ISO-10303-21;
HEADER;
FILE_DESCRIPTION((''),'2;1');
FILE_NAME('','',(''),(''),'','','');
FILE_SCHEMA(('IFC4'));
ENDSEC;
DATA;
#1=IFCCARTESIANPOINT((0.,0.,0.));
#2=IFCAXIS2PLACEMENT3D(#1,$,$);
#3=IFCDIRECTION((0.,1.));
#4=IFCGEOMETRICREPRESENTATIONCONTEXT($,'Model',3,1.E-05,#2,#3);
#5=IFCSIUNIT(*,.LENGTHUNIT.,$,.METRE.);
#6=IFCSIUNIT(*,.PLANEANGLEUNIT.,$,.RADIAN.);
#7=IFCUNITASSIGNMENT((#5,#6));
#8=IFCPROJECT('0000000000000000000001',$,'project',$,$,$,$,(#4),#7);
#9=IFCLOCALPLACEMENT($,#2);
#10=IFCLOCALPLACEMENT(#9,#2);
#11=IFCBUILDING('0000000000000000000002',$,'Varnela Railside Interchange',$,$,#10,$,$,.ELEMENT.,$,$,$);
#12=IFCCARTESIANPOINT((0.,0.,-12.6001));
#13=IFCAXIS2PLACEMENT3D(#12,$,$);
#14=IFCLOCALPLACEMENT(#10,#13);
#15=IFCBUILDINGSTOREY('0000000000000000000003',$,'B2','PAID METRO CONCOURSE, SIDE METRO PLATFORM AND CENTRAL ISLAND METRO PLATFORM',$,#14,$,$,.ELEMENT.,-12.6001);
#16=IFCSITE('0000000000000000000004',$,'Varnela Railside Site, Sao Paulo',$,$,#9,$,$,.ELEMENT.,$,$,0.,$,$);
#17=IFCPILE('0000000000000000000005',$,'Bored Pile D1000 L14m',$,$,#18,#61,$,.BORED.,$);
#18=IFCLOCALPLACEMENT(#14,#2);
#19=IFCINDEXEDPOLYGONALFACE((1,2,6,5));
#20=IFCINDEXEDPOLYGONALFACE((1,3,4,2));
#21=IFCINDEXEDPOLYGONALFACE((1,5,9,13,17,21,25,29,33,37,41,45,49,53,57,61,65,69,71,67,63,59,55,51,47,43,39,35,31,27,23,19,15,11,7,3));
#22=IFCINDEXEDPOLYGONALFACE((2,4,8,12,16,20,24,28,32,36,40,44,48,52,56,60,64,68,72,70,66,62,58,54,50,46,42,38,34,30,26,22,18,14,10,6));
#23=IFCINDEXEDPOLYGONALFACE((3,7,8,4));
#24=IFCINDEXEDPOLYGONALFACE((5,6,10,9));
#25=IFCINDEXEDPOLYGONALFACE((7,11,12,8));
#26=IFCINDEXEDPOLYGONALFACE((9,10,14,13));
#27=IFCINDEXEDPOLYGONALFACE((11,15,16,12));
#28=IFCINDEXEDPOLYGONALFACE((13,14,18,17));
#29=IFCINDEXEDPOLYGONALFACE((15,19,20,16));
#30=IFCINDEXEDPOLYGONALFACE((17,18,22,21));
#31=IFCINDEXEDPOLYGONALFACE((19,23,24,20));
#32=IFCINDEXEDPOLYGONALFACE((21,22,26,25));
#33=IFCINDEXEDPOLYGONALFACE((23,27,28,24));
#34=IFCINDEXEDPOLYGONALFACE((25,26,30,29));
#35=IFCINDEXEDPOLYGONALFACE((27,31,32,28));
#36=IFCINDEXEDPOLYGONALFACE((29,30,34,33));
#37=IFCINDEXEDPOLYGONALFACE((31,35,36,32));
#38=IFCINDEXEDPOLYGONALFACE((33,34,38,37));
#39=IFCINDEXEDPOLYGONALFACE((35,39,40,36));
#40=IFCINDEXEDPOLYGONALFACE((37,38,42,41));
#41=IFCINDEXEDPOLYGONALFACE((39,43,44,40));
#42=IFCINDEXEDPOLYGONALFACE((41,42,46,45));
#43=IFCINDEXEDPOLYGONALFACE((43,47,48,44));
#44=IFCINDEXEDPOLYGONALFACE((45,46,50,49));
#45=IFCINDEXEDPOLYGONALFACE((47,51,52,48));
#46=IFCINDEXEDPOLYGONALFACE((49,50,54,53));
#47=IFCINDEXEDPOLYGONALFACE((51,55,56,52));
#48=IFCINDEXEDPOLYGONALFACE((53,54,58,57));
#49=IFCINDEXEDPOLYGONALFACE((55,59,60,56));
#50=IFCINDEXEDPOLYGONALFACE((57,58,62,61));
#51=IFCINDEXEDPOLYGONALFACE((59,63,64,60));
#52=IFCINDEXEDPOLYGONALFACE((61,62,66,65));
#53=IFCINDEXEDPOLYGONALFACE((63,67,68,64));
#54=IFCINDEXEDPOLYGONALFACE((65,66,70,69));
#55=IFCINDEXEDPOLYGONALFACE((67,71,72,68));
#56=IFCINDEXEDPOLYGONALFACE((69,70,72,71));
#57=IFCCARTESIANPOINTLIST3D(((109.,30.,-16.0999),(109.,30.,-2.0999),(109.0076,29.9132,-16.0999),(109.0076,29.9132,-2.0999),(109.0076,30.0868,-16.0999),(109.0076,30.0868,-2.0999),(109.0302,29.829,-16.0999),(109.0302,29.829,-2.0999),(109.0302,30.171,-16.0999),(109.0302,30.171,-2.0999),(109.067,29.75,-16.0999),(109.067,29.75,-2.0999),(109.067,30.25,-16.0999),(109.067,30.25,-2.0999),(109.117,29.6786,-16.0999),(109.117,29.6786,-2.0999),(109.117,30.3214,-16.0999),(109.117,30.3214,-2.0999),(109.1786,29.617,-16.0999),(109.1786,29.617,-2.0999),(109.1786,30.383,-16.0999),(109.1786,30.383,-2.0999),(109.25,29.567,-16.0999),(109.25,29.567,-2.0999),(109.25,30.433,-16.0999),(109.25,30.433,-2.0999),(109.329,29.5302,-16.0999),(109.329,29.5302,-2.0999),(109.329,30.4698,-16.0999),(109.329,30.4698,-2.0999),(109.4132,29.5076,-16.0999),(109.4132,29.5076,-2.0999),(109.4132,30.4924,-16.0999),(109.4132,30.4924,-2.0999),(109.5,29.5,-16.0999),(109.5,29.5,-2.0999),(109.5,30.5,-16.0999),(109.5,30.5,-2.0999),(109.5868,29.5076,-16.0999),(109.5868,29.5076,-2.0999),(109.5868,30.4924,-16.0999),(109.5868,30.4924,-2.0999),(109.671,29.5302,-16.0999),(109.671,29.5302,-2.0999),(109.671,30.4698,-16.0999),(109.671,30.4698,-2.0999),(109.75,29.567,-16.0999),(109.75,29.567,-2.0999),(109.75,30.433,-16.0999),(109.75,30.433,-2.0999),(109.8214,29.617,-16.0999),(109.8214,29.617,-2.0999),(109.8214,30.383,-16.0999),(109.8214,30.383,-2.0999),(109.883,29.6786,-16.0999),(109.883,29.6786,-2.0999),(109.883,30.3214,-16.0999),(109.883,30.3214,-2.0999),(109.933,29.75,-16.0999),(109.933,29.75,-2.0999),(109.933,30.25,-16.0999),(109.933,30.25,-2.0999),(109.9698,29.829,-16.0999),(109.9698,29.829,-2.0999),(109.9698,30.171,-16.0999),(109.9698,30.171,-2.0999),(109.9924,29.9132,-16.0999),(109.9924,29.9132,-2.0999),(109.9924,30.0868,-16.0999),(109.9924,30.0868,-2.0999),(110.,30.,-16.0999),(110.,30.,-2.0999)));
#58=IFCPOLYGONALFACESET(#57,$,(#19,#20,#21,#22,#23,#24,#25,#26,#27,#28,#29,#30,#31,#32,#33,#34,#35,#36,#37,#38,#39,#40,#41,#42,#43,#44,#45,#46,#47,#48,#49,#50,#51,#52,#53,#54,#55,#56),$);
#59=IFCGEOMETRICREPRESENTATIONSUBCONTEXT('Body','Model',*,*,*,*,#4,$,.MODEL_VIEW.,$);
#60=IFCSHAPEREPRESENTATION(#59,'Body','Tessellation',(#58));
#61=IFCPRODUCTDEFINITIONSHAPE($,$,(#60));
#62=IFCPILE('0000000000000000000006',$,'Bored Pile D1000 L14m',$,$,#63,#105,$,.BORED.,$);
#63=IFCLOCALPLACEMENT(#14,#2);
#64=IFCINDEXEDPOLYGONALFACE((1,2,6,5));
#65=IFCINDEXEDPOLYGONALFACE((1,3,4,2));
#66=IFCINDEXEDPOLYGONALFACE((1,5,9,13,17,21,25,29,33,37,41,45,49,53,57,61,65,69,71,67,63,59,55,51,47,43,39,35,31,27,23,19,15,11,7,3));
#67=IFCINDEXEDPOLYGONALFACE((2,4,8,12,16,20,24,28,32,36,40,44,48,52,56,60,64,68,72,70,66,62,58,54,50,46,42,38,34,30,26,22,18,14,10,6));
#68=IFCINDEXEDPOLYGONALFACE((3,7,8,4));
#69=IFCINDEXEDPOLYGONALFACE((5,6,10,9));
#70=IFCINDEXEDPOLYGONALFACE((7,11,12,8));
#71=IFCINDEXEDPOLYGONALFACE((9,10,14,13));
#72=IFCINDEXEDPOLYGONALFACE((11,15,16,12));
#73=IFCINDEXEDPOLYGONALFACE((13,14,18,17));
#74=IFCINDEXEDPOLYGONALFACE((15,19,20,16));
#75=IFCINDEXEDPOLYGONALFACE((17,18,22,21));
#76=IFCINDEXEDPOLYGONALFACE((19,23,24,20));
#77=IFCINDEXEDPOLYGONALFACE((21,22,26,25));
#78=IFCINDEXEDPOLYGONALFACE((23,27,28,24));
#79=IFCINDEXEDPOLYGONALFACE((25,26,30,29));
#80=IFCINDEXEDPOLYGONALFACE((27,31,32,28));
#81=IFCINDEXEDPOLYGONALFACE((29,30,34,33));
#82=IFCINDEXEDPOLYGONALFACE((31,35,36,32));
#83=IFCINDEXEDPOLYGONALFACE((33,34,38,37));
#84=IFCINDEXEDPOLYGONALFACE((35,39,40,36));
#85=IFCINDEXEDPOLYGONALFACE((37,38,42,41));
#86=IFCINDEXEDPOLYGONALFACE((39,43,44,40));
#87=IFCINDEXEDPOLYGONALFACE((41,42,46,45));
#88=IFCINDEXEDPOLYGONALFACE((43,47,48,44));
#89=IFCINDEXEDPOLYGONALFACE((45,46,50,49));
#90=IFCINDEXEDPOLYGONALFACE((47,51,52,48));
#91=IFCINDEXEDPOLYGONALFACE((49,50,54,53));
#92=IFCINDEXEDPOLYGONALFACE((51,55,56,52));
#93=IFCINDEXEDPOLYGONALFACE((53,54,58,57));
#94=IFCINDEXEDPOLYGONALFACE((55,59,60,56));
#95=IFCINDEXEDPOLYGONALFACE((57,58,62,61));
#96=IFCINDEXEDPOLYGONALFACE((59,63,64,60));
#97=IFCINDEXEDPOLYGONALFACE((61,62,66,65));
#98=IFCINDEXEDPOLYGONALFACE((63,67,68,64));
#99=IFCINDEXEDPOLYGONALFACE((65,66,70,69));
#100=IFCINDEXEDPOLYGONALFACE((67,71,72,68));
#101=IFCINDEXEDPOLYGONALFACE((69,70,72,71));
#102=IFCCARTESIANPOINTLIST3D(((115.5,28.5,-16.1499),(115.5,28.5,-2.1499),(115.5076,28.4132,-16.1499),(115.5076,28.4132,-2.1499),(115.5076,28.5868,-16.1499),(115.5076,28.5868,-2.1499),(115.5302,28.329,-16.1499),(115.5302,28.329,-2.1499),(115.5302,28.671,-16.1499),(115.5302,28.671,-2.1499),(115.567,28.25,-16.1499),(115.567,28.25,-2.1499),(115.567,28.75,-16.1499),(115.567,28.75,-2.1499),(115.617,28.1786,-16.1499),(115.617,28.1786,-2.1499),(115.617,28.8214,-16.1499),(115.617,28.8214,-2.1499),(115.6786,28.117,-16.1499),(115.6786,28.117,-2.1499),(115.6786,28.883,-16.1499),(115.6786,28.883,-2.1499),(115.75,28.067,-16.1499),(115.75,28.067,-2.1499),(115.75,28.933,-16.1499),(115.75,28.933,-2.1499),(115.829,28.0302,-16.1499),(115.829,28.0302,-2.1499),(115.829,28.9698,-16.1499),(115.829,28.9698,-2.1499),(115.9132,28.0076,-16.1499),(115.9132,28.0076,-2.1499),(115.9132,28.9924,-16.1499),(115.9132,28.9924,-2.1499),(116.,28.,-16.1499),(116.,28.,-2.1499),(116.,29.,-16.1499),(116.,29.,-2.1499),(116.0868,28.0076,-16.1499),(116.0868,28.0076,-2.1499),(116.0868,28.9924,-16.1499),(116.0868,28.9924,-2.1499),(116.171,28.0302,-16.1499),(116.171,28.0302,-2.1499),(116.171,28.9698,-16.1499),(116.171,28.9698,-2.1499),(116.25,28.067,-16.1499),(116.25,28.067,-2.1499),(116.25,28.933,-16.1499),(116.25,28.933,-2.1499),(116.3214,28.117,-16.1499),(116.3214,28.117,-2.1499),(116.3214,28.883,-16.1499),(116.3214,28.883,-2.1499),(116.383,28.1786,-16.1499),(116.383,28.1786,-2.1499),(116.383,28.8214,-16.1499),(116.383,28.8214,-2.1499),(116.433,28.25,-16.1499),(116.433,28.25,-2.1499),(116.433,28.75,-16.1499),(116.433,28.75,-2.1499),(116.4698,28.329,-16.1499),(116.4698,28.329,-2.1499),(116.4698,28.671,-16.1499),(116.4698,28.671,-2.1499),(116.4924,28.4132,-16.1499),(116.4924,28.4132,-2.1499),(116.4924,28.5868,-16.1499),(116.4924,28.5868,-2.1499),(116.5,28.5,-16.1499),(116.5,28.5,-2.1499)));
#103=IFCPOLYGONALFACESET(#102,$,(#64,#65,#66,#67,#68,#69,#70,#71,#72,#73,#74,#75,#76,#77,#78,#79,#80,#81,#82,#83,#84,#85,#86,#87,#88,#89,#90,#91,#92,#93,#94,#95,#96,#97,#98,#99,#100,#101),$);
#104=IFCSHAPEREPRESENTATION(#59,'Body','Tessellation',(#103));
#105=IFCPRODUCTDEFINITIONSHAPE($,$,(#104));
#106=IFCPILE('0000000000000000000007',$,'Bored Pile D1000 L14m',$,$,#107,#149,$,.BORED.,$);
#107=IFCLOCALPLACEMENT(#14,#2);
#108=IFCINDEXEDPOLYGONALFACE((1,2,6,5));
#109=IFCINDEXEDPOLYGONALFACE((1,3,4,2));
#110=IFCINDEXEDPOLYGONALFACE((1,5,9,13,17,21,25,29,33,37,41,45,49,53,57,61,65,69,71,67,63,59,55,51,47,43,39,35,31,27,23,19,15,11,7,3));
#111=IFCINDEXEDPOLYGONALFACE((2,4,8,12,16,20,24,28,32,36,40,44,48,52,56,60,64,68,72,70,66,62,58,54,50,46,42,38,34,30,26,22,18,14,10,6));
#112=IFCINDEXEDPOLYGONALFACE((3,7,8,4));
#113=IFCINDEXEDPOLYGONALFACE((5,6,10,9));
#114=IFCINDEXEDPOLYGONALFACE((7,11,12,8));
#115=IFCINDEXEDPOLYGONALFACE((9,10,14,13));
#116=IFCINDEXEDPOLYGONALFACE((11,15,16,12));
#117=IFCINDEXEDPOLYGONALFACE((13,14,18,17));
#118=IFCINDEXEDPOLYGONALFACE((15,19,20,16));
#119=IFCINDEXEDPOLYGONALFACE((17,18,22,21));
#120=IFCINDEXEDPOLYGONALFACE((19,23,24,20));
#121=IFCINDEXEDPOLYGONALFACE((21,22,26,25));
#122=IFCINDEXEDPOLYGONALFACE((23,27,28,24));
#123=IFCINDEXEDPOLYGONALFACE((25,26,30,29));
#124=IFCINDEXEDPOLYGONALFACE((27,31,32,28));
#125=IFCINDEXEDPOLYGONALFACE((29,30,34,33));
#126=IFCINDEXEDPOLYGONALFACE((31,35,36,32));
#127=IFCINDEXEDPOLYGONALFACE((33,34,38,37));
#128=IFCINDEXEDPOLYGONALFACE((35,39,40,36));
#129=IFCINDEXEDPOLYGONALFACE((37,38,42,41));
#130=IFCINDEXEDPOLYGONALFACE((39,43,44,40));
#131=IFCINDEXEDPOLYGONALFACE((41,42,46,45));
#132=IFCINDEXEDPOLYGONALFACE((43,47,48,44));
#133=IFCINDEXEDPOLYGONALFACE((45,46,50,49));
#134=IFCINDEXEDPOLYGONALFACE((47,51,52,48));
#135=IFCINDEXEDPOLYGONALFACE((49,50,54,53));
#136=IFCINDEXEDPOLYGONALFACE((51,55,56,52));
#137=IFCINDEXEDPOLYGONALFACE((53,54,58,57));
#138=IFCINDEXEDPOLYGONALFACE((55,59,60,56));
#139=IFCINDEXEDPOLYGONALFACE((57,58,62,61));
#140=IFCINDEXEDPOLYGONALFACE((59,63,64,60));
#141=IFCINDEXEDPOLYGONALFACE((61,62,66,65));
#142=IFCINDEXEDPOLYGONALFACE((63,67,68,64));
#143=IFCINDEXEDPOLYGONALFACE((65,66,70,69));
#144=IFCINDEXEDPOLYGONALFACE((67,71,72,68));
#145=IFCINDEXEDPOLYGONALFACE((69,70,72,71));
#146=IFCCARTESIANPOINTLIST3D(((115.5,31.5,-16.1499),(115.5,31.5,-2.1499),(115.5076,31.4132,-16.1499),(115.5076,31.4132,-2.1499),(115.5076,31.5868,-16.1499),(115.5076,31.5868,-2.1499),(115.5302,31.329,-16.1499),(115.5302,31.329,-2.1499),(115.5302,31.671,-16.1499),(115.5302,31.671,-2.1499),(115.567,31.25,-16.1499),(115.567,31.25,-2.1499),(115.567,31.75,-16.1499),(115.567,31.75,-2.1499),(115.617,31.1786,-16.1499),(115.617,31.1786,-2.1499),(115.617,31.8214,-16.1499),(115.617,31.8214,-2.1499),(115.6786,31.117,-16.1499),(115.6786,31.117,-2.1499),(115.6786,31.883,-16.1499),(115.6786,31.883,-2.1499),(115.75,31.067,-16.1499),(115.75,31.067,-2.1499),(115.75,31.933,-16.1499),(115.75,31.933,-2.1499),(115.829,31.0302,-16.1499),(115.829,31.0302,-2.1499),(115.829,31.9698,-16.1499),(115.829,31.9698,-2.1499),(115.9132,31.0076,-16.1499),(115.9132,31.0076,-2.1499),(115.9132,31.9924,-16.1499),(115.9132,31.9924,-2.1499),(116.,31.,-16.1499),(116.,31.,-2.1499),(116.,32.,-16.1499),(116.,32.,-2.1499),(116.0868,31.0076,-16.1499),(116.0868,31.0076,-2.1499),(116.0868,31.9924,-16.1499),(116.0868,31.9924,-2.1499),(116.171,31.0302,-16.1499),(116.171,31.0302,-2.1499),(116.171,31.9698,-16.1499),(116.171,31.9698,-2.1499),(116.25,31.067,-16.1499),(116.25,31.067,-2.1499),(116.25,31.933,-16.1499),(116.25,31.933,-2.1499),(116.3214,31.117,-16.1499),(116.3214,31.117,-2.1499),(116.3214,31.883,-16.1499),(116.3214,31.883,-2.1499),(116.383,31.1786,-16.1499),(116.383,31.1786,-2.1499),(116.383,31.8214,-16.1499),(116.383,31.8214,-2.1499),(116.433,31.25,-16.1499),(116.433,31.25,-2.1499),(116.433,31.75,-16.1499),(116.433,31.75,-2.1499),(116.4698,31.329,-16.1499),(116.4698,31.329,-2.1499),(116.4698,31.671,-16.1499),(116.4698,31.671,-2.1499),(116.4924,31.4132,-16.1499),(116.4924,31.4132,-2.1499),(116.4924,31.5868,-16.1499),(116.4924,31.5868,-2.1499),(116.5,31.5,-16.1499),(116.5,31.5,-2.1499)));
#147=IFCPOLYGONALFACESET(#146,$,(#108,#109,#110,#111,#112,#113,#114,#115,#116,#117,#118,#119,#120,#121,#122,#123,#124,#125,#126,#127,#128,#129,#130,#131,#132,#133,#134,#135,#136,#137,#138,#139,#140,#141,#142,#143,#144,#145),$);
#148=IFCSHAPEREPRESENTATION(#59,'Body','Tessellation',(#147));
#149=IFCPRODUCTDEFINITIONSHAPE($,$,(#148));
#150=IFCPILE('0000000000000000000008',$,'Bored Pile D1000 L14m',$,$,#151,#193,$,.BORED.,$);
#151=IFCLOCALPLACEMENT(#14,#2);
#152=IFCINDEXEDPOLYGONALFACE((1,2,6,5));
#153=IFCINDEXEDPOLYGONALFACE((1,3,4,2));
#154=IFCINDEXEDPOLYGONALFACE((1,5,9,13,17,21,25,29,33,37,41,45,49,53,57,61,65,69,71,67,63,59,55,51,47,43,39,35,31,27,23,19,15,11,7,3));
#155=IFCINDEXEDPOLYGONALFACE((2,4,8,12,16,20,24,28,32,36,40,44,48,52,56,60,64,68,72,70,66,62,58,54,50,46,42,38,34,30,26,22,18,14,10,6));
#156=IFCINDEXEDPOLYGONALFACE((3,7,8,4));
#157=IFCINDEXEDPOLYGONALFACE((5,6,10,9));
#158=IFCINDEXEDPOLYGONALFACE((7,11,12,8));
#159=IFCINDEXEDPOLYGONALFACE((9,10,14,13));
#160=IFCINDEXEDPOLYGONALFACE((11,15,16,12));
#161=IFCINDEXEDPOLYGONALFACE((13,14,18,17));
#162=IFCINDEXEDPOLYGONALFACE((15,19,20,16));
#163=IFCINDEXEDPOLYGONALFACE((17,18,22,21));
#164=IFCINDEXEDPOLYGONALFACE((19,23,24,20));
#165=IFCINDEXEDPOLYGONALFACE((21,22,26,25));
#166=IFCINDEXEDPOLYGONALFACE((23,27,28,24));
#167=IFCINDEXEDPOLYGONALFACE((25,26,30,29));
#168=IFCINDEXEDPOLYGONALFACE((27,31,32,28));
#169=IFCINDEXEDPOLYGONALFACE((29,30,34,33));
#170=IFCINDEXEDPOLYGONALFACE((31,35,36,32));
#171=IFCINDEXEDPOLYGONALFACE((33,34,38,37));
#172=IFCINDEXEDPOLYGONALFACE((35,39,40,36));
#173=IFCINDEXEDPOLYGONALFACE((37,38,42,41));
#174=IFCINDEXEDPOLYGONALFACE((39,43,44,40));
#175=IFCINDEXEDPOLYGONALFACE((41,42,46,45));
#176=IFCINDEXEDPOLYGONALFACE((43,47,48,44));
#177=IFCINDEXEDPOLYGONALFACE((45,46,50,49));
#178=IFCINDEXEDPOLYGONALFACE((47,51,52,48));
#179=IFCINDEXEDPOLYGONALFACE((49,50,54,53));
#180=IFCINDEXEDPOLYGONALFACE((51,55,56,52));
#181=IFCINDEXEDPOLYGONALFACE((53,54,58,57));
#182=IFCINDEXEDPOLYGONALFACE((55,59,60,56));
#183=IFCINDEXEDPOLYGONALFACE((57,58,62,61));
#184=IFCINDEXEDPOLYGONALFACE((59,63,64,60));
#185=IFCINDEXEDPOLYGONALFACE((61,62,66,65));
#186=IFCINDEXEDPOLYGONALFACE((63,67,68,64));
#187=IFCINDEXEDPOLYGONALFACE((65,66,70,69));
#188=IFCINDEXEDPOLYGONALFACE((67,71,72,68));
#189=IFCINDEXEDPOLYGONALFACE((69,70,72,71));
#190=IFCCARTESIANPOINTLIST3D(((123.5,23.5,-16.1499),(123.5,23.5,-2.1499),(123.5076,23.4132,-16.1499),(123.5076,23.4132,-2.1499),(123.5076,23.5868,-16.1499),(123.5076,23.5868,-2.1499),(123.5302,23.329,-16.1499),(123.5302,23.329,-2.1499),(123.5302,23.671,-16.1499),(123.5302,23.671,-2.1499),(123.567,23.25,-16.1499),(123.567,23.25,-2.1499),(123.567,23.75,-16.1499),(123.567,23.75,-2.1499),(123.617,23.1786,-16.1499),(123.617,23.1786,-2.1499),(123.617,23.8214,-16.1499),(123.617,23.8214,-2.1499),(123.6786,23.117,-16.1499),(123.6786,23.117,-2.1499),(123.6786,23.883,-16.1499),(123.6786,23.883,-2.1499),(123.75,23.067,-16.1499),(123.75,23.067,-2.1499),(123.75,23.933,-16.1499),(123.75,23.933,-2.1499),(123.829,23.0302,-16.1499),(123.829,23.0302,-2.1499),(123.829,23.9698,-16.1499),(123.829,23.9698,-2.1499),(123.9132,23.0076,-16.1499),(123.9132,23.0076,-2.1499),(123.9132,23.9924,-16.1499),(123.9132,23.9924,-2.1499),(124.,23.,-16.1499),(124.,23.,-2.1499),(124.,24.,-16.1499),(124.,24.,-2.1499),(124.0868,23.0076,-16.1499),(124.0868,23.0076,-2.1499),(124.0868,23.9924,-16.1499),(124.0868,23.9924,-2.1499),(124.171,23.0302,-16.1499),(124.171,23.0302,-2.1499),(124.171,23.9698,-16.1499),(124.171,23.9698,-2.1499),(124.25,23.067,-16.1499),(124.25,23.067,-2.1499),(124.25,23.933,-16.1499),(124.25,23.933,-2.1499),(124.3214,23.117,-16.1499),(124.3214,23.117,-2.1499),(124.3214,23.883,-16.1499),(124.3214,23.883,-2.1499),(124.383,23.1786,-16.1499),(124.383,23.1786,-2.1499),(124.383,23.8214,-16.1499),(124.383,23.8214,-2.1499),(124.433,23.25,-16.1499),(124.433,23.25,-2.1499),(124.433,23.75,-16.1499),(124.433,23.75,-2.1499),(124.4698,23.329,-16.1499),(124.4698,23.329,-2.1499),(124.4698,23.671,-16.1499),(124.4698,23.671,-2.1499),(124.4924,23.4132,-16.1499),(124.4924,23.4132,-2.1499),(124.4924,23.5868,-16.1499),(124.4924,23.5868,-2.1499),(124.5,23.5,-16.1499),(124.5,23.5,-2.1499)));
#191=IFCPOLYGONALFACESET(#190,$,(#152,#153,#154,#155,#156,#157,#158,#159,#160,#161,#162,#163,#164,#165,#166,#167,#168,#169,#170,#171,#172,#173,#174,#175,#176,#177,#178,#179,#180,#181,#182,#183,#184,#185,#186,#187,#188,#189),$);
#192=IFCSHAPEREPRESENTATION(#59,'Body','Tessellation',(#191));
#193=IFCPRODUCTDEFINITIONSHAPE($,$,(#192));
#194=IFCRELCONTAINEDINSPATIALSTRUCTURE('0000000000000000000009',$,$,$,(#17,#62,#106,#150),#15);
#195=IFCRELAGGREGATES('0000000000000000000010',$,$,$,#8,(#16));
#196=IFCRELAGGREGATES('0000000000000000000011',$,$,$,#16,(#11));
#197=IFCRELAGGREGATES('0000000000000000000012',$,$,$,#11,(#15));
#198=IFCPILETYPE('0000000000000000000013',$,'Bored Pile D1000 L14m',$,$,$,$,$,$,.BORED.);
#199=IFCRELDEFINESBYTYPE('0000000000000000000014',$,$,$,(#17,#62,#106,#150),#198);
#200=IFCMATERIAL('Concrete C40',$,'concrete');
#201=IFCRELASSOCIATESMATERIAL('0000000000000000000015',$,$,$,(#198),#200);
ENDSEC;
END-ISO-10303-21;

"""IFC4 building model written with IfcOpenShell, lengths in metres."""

from ifc_helpers import new_model, si_unit, direction, frame, origin, origin_2d, place, context, subcontext, project, spatial, circle, extrude, material, material_profile, profile_set, type_object, element, save


model = new_model("IFC4")

# Units and contexts
model_context = context("Model", 3, precision=1e-05, world=origin(), true_north=direction((0.0, 1.0)))
body_context = subcontext(model_context, "Body", "Model", "MODEL_VIEW")
ifc_project = project(units=[si_unit("LENGTHUNIT", "METRE"), si_unit("PLANEANGLEUNIT", "RADIAN")], contexts=[model_context])

# Site, building, storey
site_placement = place(None, origin())
site = spatial("IfcSite", under=ifc_project, at=site_placement, Name="Varnela Railside Site, Sao Paulo", CompositionType="ELEMENT", RefElevation=0.0)
building_placement = place(site_placement, origin())
building = spatial("IfcBuilding", under=site, at=building_placement, Name="Varnela Railside Interchange", CompositionType="ELEMENT")
storey_placement = place(building_placement, frame((0.0, 0.0, -12.6001)))
storey = spatial("IfcBuildingStorey", under=building, at=storey_placement, Name="B2", Description="PAID METRO CONCOURSE, SIDE METRO PLATFORM AND CENTRAL ISLAND METRO PLATFORM", CompositionType="ELEMENT", Elevation=-12.6001)

# Piles
ifc_material_1 = material(Name="Concrete C40", Category="concrete")
ifc_material_profile_1 = material_profile(ifc_material_1, circle(Radius=0.5, at=origin_2d()), Name="BORED PILE D1000")
ifc_profile_set_1 = profile_set([ifc_material_profile_1], Name="Concrete C40")
pile_type_1 = type_object("IfcPileType", Name="Bored Pile D1000 L14m", PredefinedType="BORED", material=ifc_profile_set_1)
for number, where, z_axis, x_axis, name in (
    (1, (109.5, 30.0, -2.0999), (0.0, 0.0, -1.0), (1.0, 0.0, 0.0), "Bored Pile D1000 L14m"),
    (2, (116.0, 28.5, -2.1499), (0.0, 0.0, -1.0), (1.0, 0.0, 0.0), "Bored Pile D1000 L14m"),
    (3, (116.0, 31.5, -2.1499), (0.0, 0.0, -1.0), (1.0, 0.0, 0.0), "Bored Pile D1000 L14m"),
    (4, (124.0, 23.5, -2.1499), (0.0, 0.0, -1.0), (1.0, 0.0, 0.0), "Bored Pile D1000 L14m"),
):
    element("IfcPile", number, at=place(storey_placement, frame(where, z_axis=z_axis, x_axis=x_axis)), inside=storey, type_object=pile_type_1, Name=name, PredefinedType="BORED", context=body_context, shape_type="SweptSolid", body=[
        extrude(circle(Radius=0.5, at=origin_2d()), origin(), (0.0, 0.0, 1.0), 14.0),
    ])

save(model, "model.ifc")
